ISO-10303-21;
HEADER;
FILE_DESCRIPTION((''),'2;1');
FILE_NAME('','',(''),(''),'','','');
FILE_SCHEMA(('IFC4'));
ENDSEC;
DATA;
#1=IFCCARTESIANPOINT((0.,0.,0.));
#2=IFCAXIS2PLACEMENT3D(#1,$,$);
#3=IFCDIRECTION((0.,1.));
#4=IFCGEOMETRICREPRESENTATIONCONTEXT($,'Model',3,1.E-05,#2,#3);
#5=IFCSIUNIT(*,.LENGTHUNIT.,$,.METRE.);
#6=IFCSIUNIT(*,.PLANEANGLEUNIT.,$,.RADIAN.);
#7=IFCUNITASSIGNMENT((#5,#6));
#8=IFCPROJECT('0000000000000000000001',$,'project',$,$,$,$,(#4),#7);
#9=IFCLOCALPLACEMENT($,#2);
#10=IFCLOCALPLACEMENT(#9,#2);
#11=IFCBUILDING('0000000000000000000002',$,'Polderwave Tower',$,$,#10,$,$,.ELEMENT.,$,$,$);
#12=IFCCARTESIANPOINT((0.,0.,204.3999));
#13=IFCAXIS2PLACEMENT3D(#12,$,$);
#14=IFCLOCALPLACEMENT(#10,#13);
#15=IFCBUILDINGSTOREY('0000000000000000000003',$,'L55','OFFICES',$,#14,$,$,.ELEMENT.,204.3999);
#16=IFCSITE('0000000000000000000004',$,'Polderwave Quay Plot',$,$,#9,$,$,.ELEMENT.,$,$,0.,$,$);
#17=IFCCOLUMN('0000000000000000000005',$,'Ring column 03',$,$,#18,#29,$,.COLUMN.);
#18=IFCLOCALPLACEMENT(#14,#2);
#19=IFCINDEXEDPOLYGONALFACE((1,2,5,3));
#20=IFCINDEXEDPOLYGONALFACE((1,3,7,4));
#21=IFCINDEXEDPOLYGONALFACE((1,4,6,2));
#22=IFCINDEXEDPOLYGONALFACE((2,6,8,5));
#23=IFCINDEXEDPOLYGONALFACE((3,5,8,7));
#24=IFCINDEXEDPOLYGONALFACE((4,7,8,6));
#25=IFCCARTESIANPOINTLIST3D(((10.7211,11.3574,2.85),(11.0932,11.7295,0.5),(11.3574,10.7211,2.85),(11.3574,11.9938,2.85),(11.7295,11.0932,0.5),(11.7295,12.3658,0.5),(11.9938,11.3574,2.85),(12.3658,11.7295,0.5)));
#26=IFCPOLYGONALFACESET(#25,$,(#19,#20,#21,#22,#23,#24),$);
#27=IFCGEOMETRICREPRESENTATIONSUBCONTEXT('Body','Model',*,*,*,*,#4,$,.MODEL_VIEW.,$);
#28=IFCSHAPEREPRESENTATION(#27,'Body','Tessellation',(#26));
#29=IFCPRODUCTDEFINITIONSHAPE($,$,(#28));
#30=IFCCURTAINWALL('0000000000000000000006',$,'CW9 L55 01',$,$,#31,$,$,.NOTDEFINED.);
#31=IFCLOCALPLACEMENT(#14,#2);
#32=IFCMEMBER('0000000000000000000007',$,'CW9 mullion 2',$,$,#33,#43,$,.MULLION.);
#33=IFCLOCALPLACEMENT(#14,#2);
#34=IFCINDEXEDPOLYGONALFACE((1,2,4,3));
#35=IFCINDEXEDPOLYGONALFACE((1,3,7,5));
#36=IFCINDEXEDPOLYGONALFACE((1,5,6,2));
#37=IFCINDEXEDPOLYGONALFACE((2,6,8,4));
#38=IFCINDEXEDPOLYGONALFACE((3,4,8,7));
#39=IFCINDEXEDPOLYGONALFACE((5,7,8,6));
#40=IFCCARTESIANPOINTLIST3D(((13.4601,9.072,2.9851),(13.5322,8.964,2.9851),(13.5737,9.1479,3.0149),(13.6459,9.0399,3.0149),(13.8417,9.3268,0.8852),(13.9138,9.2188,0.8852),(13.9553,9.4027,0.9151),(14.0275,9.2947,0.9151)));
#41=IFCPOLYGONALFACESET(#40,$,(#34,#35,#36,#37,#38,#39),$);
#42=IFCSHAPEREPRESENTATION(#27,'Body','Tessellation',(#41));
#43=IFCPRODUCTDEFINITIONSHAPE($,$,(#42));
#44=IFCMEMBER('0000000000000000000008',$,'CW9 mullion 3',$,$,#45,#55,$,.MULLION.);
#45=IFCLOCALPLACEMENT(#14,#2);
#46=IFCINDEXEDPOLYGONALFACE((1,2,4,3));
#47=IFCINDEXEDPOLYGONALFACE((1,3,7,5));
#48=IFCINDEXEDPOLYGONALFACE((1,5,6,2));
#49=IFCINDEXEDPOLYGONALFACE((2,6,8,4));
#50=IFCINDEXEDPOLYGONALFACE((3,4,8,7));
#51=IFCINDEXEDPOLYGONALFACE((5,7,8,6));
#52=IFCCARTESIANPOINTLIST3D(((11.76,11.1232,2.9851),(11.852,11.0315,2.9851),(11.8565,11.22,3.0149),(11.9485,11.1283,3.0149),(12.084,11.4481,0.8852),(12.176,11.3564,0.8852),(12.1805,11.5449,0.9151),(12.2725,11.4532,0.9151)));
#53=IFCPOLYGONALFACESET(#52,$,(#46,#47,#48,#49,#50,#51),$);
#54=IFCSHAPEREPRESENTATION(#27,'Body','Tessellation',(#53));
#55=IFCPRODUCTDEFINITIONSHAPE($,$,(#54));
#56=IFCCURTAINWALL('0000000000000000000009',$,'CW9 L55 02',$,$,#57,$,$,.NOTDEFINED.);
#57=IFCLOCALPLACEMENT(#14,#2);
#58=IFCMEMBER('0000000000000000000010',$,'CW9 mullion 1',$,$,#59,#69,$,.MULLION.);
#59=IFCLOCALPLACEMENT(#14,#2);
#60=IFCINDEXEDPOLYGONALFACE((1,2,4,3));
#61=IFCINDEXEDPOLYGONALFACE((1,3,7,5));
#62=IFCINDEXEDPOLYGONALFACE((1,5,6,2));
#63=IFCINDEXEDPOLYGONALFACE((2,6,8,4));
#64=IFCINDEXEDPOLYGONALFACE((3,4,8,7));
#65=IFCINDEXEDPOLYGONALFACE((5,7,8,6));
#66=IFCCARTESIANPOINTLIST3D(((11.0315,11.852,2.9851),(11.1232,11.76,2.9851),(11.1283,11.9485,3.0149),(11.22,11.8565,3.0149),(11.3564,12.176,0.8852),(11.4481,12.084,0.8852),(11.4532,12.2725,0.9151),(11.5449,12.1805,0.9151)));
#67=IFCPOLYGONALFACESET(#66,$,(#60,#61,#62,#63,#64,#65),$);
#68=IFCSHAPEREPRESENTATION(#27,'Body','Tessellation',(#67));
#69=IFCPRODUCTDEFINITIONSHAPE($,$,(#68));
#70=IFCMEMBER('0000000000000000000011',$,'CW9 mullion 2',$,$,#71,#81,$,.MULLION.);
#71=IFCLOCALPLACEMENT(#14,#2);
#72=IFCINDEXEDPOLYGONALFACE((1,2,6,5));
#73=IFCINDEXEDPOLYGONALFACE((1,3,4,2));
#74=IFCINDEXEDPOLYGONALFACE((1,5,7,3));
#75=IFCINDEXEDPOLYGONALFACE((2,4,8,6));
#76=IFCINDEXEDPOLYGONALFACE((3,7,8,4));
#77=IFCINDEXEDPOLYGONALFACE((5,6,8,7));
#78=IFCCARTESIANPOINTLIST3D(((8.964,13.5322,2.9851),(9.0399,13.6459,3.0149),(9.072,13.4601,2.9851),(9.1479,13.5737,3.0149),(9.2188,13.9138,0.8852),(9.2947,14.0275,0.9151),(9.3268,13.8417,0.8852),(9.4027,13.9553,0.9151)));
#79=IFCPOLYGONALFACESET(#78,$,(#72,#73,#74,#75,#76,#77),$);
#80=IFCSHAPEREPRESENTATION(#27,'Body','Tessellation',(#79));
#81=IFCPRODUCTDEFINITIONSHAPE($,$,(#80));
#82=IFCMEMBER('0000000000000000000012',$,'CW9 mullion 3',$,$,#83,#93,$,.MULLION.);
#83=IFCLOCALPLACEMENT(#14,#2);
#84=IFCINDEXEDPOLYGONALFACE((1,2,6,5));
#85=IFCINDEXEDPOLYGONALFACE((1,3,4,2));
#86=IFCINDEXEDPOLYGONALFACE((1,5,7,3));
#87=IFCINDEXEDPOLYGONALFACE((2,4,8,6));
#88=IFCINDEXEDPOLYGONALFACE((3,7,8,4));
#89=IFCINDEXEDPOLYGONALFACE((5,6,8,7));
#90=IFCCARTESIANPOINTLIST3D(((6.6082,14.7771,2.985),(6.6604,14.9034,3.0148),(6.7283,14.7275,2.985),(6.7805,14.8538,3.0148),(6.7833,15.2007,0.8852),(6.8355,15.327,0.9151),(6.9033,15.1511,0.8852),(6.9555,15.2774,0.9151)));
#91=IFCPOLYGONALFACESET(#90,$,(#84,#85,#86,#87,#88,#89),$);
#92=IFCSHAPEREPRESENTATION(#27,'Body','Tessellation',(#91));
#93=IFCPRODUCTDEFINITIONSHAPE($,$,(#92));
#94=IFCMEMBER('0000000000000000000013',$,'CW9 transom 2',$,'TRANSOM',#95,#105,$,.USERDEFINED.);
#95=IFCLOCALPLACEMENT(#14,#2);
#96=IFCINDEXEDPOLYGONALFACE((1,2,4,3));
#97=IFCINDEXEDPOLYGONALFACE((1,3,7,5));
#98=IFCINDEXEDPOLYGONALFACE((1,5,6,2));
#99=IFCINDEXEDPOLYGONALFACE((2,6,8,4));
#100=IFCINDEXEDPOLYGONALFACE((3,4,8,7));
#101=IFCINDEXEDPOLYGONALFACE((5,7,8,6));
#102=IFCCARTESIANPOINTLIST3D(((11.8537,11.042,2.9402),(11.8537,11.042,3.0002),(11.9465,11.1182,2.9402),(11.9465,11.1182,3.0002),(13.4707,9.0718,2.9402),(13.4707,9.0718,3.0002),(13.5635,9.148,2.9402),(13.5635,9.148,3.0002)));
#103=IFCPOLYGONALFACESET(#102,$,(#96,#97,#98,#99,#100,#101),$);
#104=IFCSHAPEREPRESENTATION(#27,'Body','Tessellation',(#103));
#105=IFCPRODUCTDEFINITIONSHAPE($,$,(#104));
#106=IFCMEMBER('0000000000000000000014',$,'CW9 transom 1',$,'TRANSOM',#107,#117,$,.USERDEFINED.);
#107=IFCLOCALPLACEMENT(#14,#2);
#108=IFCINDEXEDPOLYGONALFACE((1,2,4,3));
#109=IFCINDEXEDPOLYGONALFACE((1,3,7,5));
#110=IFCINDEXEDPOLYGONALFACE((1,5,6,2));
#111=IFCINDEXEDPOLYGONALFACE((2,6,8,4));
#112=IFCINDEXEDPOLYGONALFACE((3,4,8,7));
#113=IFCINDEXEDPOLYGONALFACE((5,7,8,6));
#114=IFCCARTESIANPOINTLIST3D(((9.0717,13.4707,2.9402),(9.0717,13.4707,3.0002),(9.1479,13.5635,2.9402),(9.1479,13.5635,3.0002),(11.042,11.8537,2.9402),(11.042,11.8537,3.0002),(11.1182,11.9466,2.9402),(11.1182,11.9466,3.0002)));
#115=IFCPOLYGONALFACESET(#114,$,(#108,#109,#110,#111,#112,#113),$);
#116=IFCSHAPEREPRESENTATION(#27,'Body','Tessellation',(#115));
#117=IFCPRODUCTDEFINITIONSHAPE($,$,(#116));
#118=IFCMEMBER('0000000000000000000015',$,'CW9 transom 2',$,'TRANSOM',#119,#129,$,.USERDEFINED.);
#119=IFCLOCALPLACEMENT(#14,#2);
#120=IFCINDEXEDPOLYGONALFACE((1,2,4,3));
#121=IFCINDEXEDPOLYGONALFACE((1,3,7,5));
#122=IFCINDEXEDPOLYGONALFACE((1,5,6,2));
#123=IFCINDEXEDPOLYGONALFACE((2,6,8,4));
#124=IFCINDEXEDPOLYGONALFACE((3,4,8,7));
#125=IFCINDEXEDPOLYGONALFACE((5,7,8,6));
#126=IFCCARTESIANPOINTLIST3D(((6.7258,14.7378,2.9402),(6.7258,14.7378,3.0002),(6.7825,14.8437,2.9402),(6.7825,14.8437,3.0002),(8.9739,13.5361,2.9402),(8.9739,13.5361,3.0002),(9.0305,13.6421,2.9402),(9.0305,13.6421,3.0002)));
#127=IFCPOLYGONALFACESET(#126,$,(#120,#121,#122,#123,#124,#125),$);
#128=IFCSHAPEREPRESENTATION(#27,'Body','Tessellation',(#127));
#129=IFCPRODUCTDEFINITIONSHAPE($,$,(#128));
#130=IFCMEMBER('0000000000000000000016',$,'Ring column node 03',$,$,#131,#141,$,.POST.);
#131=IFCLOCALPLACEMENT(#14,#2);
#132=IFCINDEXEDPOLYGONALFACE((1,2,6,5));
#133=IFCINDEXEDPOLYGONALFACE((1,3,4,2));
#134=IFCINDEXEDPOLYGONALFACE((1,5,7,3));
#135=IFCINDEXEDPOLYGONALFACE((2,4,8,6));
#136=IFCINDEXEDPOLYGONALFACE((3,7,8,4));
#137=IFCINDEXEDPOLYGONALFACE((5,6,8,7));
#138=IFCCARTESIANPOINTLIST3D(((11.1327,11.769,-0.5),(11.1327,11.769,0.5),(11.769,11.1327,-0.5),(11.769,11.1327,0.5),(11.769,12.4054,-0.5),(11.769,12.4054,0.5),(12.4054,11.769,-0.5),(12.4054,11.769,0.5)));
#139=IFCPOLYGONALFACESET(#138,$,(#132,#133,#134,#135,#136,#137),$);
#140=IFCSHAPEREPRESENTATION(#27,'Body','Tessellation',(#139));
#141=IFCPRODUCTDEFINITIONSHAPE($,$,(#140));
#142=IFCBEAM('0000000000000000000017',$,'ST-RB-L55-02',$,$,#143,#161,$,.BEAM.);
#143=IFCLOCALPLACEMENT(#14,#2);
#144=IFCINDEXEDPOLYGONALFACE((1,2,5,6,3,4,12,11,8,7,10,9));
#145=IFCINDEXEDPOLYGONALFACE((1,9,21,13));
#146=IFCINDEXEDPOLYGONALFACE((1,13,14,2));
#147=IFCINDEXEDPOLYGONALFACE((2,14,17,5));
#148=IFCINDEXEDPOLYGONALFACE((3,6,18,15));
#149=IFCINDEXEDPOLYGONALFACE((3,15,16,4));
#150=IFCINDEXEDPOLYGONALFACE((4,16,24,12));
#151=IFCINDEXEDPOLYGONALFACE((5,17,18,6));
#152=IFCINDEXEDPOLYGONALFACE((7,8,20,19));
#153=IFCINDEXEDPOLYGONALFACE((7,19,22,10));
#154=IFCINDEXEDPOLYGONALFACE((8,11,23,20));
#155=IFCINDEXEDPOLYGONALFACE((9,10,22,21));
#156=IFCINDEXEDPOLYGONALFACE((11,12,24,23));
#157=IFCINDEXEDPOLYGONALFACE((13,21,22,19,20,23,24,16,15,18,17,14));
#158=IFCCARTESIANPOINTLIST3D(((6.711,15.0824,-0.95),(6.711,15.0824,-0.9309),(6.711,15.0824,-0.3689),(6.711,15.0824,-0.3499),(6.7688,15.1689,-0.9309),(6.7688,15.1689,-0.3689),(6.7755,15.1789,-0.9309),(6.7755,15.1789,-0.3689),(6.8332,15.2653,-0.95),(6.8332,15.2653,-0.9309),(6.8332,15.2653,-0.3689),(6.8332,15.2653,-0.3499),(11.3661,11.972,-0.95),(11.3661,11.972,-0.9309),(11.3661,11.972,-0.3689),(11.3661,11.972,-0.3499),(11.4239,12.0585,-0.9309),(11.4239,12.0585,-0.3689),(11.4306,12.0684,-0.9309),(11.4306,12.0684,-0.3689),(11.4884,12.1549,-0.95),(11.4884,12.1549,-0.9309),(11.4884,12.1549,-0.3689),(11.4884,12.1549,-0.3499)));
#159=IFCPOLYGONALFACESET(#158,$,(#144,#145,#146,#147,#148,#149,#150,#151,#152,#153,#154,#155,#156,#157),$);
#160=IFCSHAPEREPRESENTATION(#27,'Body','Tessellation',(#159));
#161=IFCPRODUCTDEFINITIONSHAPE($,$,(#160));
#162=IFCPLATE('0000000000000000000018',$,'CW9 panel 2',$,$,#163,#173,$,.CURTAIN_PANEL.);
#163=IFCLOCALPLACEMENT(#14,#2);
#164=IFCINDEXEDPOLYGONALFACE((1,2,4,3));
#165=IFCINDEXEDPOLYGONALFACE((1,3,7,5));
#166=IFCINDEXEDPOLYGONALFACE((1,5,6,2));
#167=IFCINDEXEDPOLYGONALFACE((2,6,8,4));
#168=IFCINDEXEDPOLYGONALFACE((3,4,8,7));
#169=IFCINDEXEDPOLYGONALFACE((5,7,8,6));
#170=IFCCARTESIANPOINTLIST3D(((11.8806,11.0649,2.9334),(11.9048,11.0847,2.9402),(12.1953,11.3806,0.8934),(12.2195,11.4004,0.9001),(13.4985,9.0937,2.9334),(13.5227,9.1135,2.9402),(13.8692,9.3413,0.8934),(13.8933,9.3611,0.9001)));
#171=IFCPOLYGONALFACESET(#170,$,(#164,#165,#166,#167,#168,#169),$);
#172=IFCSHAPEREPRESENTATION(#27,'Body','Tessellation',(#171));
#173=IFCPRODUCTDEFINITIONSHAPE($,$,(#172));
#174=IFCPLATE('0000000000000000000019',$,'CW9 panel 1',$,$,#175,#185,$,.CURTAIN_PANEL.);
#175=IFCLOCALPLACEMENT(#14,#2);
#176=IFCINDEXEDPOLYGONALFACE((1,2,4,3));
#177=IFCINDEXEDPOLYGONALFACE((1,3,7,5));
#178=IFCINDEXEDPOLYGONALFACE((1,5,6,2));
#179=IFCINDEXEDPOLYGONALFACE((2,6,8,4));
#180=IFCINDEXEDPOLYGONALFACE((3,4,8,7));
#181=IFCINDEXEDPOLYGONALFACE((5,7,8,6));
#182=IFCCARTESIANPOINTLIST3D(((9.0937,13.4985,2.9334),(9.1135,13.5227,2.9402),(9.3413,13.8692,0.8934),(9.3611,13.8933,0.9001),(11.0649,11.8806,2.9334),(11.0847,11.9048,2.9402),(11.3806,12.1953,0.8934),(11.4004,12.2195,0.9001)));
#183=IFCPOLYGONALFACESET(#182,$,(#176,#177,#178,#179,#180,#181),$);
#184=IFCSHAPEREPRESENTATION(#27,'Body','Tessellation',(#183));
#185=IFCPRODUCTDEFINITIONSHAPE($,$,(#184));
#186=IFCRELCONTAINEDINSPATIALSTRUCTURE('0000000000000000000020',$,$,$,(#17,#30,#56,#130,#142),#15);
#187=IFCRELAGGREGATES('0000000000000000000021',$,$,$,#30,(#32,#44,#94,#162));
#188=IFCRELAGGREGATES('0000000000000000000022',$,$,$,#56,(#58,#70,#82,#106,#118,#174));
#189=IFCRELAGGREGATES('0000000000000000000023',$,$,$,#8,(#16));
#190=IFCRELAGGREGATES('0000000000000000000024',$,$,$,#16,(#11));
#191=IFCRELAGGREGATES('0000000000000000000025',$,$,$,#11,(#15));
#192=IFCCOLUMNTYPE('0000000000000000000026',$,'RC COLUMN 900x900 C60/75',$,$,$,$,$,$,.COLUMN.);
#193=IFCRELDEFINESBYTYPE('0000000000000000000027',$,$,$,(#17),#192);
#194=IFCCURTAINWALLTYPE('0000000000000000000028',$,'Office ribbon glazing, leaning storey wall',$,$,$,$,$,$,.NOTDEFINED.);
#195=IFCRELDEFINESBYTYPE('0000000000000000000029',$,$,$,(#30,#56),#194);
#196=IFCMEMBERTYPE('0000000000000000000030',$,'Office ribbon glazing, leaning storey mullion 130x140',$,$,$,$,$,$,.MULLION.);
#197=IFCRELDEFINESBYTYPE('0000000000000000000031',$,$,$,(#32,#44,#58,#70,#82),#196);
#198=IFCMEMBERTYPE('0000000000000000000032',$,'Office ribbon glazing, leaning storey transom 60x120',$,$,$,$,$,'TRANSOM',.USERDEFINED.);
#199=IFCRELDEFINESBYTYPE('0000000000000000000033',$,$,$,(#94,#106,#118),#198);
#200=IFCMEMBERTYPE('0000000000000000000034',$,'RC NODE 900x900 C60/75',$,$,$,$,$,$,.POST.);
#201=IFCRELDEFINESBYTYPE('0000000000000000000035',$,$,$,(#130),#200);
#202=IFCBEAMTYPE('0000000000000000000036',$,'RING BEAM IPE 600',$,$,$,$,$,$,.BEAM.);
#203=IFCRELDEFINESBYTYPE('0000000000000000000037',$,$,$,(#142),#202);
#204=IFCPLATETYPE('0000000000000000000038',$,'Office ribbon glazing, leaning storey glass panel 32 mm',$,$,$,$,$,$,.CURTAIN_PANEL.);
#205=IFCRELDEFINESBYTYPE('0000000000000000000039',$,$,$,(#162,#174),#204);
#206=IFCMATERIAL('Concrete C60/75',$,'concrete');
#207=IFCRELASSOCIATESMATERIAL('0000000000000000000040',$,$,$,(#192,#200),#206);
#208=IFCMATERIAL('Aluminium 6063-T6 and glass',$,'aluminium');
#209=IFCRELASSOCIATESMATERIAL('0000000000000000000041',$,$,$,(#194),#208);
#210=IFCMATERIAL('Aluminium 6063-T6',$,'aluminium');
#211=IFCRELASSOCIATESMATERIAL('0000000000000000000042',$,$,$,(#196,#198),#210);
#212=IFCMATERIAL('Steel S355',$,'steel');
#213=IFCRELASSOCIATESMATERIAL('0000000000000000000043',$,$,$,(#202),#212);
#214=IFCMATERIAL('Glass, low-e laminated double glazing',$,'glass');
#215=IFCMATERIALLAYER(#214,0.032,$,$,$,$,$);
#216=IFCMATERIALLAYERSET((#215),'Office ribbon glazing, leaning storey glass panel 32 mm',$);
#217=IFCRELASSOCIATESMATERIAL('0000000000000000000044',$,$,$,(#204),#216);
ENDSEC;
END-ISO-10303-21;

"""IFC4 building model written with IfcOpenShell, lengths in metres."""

from ifc_helpers import new_model, si_unit, direction, frame, origin, origin_2d, place, context, subcontext, project, spatial, polyline, rectangle, i_section, outline, extrude, material, layer, layer_set, material_profile, profile_set, type_object, element, aggregate, save


model = new_model("IFC4")

# Units and contexts
model_context = context("Model", 3, precision=1e-05, world=origin(), true_north=direction((0.0, 1.0)))
body_context = subcontext(model_context, "Body", "Model", "MODEL_VIEW")
ifc_project = project(units=[si_unit("LENGTHUNIT", "METRE"), si_unit("PLANEANGLEUNIT", "RADIAN")], contexts=[model_context])

# Site, building, storey
site_placement = place(None, origin())
site = spatial("IfcSite", under=ifc_project, at=site_placement, Name="Polderwave Quay Plot", CompositionType="ELEMENT", RefElevation=0.0)
building_placement = place(site_placement, origin())
building = spatial("IfcBuilding", under=site, at=building_placement, Name="Polderwave Tower", CompositionType="ELEMENT")
storey_placement = place(building_placement, frame((0.0, 0.0, 204.3999)))
storey = spatial("IfcBuildingStorey", under=building, at=storey_placement, Name="L55", Description="OFFICES", CompositionType="ELEMENT", Elevation=204.3999)

# Column
ifc_material_1 = material(Name="Concrete C60/75", Category="concrete")
ifc_material_profile_1 = material_profile(ifc_material_1, rectangle(XDim=0.8999, YDim=0.8999, at=origin_2d()), Name="RC 900x900")
ifc_profile_set_1 = profile_set([ifc_material_profile_1], Name="Concrete C60/75")
column_type = type_object("IfcColumnType", Name="RC COLUMN 900x900 C60/75", PredefinedType="COLUMN", material=ifc_profile_set_1)
column_placement = place(storey_placement, frame((11.7295, 11.7295, 0.5), z_axis=(0.0, 0.0, 1.0), x_axis=(0.707107, -0.707107, 0.0)))
element("IfcColumn", 1, at=column_placement, inside=storey, type_object=column_type, Name="Ring column 03", PredefinedType="COLUMN", context=body_context, shape_type="SweptSolid", body=[
    extrude(rectangle(XDim=0.8999, YDim=0.8999, at=origin_2d()), origin(), (0.0, -0.21849, 0.975839), 2.4082),
])

# Curtain walls, members
ifc_material_2 = material(Name="Aluminium 6063-T6 and glass", Category="aluminium")
curtain_wall_type = type_object("IfcCurtainWallType", Name="Office ribbon glazing, leaning storey wall", PredefinedType="NOTDEFINED", material=ifc_material_2)
curtain_wall_1_placement = place(storey_placement, origin())
curtain_wall_1 = element("IfcCurtainWall", 2, at=curtain_wall_1_placement, inside=storey, type_object=curtain_wall_type, Name="CW9 L55 01", PredefinedType="NOTDEFINED")
ifc_material_3 = material(Name="Aluminium 6063-T6", Category="aluminium")
ifc_material_profile_2 = material_profile(ifc_material_3, rectangle(XDim=0.1299, YDim=0.1399, at=origin_2d()), Name="AL 130x140")
ifc_profile_set_2 = profile_set([ifc_material_profile_2], Name="Aluminium 6063-T6")
member_type_1 = type_object("IfcMemberType", Name="Office ribbon glazing, leaning storey mullion 130x140", PredefinedType="MULLION", material=ifc_profile_set_2)
member_1_placement = place(storey_placement, frame((13.9346, 9.3108, 0.9001), z_axis=(-0.177533, -0.118583, 0.976944), x_axis=(0.555437, -0.831559, 0.0)))
member_1 = element("IfcMember", 3, at=member_1_placement, type_object=member_type_1, Name="CW9 mullion 2", PredefinedType="MULLION", context=body_context, shape_type="SweptSolid", body=[
    extrude(rectangle(XDim=0.1299, YDim=0.1399, at=origin_2d()), origin(), (0.0, 0.0, 1.0), 2.1494),
])
member_2_placement = place(storey_placement, frame((12.1782, 11.4507, 0.9001), z_axis=(-0.150728, -0.151182, 0.976947), x_axis=(0.70817, -0.706042, 0.0)))
member_2 = element("IfcMember", 4, at=member_2_placement, type_object=member_type_1, Name="CW9 mullion 3", PredefinedType="MULLION", context=body_context, shape_type="SweptSolid", body=[
    extrude(rectangle(XDim=0.1299, YDim=0.1399, at=origin_2d()), origin(), (0.0, 0.0, 1.0), 2.1494),
])
curtain_wall_2_placement = place(storey_placement, origin())
curtain_wall_2 = element("IfcCurtainWall", 5, at=curtain_wall_2_placement, inside=storey, type_object=curtain_wall_type, Name="CW9 L55 02", PredefinedType="NOTDEFINED")
member_3_placement = place(storey_placement, frame((11.4507, 12.1782, 0.9001), z_axis=(-0.151182, -0.150728, 0.976947), x_axis=(0.706042, -0.70817, 0.0)))
member_3 = element("IfcMember", 6, at=member_3_placement, type_object=member_type_1, Name="CW9 mullion 1", PredefinedType="MULLION", context=body_context, shape_type="SweptSolid", body=[
    extrude(rectangle(XDim=0.1299, YDim=0.1399, at=origin_2d()), origin(), (0.0, 0.0, 1.0), 2.1494),
])
member_4_placement = place(storey_placement, frame((9.3108, 13.9346, 0.9001), z_axis=(-0.118583, -0.177533, 0.976944), x_axis=(0.831559, -0.555437, 0.0)))
member_4 = element("IfcMember", 7, at=member_4_placement, type_object=member_type_1, Name="CW9 mullion 2", PredefinedType="MULLION", context=body_context, shape_type="SweptSolid", body=[
    extrude(rectangle(XDim=0.1299, YDim=0.1399, at=origin_2d()), origin(), (0.0, 0.0, 1.0), 2.1494),
])
member_5_placement = place(storey_placement, frame((6.8694, 15.239, 0.9001), z_axis=(-0.081445, -0.197081, 0.976998), x_axis=(0.924192, -0.381928, 0.0)))
member_5 = element("IfcMember", 8, at=member_5_placement, type_object=member_type_1, Name="CW9 mullion 3", PredefinedType="MULLION", context=body_context, shape_type="SweptSolid", body=[
    extrude(rectangle(XDim=0.1299, YDim=0.1399, at=origin_2d()), origin(), (0.0, 0.0, 1.0), 2.1492),
])

# Members
ifc_material_profile_3 = material_profile(ifc_material_3, rectangle(XDim=0.1201, YDim=0.0601, at=origin_2d()), Name="AL 60x120")
ifc_profile_set_3 = profile_set([ifc_material_profile_3], Name="Aluminium 6063-T6")
member_type_2 = type_object("IfcMemberType", Name="Office ribbon glazing, leaning storey transom 60x120", ElementType="TRANSOM", PredefinedType="USERDEFINED", material=ifc_profile_set_3)
member_6_placement = place(storey_placement, frame((13.5171, 9.1099, 2.9702), z_axis=(-0.6344, 0.773005, 0.0), x_axis=(-0.773005, -0.6344, 0.0)))
member_6 = element("IfcMember", 9, at=member_6_placement, type_object=member_type_2, Name="CW9 transom 2", ObjectType="TRANSOM", PredefinedType="USERDEFINED", context=body_context, shape_type="SweptSolid", body=[
    extrude(rectangle(XDim=0.1201, YDim=0.0601, at=origin_2d()), origin(), (0.0, 0.0, 1.0), 2.5488),
])
member_7_placement = place(storey_placement, frame((11.0801, 11.9001, 2.9702), z_axis=(-0.773005, 0.6344, 0.0), x_axis=(-0.6344, -0.773005, 0.0)))
member_7 = element("IfcMember", 10, at=member_7_placement, type_object=member_type_2, Name="CW9 transom 1", ObjectType="TRANSOM", PredefinedType="USERDEFINED", context=body_context, shape_type="SweptSolid", body=[
    extrude(rectangle(XDim=0.1201, YDim=0.0601, at=origin_2d()), origin(), (0.0, 0.0, 1.0), 2.5488),
])
member_8_placement = place(storey_placement, frame((9.0022, 13.5891, 2.9702), z_axis=(-0.881912, 0.471413, 0.0), x_axis=(-0.471413, -0.881912, 0.0)))
member_8 = element("IfcMember", 11, at=member_8_placement, type_object=member_type_2, Name="CW9 transom 2", ObjectType="TRANSOM", PredefinedType="USERDEFINED", context=body_context, shape_type="SweptSolid", body=[
    extrude(rectangle(XDim=0.1201, YDim=0.0601, at=origin_2d()), origin(), (0.0, 0.0, 1.0), 2.5491),
])
ifc_material_profile_4 = material_profile(ifc_material_1, rectangle(XDim=0.8999, YDim=0.8999, at=origin_2d()), Name="RC 900x900")
ifc_profile_set_4 = profile_set([ifc_material_profile_4], Name="Concrete C60/75")
member_type_3 = type_object("IfcMemberType", Name="RC NODE 900x900 C60/75", PredefinedType="POST", material=ifc_profile_set_4)
member_9_placement = place(storey_placement, frame((11.769, 11.769, -0.5), z_axis=(0.0, 0.0, 1.0), x_axis=(0.707107, 0.707107, 0.0)))
element("IfcMember", 12, at=member_9_placement, inside=storey, type_object=member_type_3, Name="Ring column node 03", PredefinedType="POST", context=body_context, shape_type="SweptSolid", body=[
    extrude(rectangle(XDim=0.8999, YDim=0.8999, at=origin_2d()), origin(), (0.0, 0.0, 1.0), 1.0),
])

# Beam
ifc_material_4 = material(Name="Steel S355", Category="steel")
ifc_material_profile_5 = material_profile(ifc_material_4, i_section(OverallWidth=0.22, OverallDepth=0.6001, WebThickness=0.012, FlangeThickness=0.019, at=origin_2d()), Name="IPE 600")
ifc_profile_set_5 = profile_set([ifc_material_profile_5], Name="Steel S355")
beam_type = type_object("IfcBeamType", Name="RING BEAM IPE 600", PredefinedType="BEAM", material=ifc_profile_set_5)
beam_placement = place(storey_placement, frame((11.4272, 12.0635, -0.6499), z_axis=(-0.831473, 0.555565, 0.0), x_axis=(-0.555565, -0.831473, 0.0)))
element("IfcBeam", 13, at=beam_placement, inside=storey, type_object=beam_type, Name="ST-RB-L55-02", PredefinedType="BEAM", context=body_context, shape_type="SweptSolid", body=[
    extrude(i_section(OverallWidth=0.22, OverallDepth=0.6001, WebThickness=0.012, FlangeThickness=0.019, at=origin_2d()), origin(), (0.0, 0.0, 1.0), 5.5986),
])

# Plates
ifc_material_5 = material(Name="Glass, low-e laminated double glazing", Category="glass")
ifc_layer_1 = layer(ifc_material_5, 0.032)
ifc_layer_set_1 = layer_set([ifc_layer_1], Name="Office ribbon glazing, leaning storey glass panel 32 mm")
plate_type = type_object("IfcPlateType", Name="Office ribbon glazing, leaning storey glass panel 32 mm", PredefinedType="CURTAIN_PANEL", material=ifc_layer_set_1)
plate_1_placement = place(storey_placement, frame((13.8933, 9.3611, 0.9001), z_axis=(0.755326, 0.619958, 0.212449), x_axis=(-0.634441, 0.772971, 0.0)))
plate_1 = element("IfcPlate", 14, at=plate_1_placement, type_object=plate_type, Name="CW9 panel 2", PredefinedType="CURTAIN_PANEL", context=body_context, shape_type="SweptSolid", body=[
    extrude(outline(polyline([(0.0, 0.0), (2.6383, 0.0), (2.5939, 2.0877), (0.0438, 2.0877), (0.0, 0.0)])), origin(), (0.0, 0.0, -1.0), 0.032),
])
aggregate(curtain_wall_1, [member_1, member_2, member_6, plate_1])
plate_2_placement = place(storey_placement, frame((11.4004, 12.2195, 0.9001), z_axis=(0.619958, 0.755326, 0.212449), x_axis=(-0.772971, 0.634441, 0.0)))
plate_2 = element("IfcPlate", 15, at=plate_2_placement, type_object=plate_type, Name="CW9 panel 1", PredefinedType="CURTAIN_PANEL", context=body_context, shape_type="SweptSolid", body=[
    extrude(outline(polyline([(0.0, 0.0), (2.6383, 0.0), (2.5945, 2.0877), (0.0443, 2.0877), (0.0, 0.0)])), origin(), (0.0, 0.0, -1.0), 0.032),
])
aggregate(curtain_wall_2, [member_3, member_4, member_5, member_7, member_8, plate_2])

save(model, "model.ifc")
